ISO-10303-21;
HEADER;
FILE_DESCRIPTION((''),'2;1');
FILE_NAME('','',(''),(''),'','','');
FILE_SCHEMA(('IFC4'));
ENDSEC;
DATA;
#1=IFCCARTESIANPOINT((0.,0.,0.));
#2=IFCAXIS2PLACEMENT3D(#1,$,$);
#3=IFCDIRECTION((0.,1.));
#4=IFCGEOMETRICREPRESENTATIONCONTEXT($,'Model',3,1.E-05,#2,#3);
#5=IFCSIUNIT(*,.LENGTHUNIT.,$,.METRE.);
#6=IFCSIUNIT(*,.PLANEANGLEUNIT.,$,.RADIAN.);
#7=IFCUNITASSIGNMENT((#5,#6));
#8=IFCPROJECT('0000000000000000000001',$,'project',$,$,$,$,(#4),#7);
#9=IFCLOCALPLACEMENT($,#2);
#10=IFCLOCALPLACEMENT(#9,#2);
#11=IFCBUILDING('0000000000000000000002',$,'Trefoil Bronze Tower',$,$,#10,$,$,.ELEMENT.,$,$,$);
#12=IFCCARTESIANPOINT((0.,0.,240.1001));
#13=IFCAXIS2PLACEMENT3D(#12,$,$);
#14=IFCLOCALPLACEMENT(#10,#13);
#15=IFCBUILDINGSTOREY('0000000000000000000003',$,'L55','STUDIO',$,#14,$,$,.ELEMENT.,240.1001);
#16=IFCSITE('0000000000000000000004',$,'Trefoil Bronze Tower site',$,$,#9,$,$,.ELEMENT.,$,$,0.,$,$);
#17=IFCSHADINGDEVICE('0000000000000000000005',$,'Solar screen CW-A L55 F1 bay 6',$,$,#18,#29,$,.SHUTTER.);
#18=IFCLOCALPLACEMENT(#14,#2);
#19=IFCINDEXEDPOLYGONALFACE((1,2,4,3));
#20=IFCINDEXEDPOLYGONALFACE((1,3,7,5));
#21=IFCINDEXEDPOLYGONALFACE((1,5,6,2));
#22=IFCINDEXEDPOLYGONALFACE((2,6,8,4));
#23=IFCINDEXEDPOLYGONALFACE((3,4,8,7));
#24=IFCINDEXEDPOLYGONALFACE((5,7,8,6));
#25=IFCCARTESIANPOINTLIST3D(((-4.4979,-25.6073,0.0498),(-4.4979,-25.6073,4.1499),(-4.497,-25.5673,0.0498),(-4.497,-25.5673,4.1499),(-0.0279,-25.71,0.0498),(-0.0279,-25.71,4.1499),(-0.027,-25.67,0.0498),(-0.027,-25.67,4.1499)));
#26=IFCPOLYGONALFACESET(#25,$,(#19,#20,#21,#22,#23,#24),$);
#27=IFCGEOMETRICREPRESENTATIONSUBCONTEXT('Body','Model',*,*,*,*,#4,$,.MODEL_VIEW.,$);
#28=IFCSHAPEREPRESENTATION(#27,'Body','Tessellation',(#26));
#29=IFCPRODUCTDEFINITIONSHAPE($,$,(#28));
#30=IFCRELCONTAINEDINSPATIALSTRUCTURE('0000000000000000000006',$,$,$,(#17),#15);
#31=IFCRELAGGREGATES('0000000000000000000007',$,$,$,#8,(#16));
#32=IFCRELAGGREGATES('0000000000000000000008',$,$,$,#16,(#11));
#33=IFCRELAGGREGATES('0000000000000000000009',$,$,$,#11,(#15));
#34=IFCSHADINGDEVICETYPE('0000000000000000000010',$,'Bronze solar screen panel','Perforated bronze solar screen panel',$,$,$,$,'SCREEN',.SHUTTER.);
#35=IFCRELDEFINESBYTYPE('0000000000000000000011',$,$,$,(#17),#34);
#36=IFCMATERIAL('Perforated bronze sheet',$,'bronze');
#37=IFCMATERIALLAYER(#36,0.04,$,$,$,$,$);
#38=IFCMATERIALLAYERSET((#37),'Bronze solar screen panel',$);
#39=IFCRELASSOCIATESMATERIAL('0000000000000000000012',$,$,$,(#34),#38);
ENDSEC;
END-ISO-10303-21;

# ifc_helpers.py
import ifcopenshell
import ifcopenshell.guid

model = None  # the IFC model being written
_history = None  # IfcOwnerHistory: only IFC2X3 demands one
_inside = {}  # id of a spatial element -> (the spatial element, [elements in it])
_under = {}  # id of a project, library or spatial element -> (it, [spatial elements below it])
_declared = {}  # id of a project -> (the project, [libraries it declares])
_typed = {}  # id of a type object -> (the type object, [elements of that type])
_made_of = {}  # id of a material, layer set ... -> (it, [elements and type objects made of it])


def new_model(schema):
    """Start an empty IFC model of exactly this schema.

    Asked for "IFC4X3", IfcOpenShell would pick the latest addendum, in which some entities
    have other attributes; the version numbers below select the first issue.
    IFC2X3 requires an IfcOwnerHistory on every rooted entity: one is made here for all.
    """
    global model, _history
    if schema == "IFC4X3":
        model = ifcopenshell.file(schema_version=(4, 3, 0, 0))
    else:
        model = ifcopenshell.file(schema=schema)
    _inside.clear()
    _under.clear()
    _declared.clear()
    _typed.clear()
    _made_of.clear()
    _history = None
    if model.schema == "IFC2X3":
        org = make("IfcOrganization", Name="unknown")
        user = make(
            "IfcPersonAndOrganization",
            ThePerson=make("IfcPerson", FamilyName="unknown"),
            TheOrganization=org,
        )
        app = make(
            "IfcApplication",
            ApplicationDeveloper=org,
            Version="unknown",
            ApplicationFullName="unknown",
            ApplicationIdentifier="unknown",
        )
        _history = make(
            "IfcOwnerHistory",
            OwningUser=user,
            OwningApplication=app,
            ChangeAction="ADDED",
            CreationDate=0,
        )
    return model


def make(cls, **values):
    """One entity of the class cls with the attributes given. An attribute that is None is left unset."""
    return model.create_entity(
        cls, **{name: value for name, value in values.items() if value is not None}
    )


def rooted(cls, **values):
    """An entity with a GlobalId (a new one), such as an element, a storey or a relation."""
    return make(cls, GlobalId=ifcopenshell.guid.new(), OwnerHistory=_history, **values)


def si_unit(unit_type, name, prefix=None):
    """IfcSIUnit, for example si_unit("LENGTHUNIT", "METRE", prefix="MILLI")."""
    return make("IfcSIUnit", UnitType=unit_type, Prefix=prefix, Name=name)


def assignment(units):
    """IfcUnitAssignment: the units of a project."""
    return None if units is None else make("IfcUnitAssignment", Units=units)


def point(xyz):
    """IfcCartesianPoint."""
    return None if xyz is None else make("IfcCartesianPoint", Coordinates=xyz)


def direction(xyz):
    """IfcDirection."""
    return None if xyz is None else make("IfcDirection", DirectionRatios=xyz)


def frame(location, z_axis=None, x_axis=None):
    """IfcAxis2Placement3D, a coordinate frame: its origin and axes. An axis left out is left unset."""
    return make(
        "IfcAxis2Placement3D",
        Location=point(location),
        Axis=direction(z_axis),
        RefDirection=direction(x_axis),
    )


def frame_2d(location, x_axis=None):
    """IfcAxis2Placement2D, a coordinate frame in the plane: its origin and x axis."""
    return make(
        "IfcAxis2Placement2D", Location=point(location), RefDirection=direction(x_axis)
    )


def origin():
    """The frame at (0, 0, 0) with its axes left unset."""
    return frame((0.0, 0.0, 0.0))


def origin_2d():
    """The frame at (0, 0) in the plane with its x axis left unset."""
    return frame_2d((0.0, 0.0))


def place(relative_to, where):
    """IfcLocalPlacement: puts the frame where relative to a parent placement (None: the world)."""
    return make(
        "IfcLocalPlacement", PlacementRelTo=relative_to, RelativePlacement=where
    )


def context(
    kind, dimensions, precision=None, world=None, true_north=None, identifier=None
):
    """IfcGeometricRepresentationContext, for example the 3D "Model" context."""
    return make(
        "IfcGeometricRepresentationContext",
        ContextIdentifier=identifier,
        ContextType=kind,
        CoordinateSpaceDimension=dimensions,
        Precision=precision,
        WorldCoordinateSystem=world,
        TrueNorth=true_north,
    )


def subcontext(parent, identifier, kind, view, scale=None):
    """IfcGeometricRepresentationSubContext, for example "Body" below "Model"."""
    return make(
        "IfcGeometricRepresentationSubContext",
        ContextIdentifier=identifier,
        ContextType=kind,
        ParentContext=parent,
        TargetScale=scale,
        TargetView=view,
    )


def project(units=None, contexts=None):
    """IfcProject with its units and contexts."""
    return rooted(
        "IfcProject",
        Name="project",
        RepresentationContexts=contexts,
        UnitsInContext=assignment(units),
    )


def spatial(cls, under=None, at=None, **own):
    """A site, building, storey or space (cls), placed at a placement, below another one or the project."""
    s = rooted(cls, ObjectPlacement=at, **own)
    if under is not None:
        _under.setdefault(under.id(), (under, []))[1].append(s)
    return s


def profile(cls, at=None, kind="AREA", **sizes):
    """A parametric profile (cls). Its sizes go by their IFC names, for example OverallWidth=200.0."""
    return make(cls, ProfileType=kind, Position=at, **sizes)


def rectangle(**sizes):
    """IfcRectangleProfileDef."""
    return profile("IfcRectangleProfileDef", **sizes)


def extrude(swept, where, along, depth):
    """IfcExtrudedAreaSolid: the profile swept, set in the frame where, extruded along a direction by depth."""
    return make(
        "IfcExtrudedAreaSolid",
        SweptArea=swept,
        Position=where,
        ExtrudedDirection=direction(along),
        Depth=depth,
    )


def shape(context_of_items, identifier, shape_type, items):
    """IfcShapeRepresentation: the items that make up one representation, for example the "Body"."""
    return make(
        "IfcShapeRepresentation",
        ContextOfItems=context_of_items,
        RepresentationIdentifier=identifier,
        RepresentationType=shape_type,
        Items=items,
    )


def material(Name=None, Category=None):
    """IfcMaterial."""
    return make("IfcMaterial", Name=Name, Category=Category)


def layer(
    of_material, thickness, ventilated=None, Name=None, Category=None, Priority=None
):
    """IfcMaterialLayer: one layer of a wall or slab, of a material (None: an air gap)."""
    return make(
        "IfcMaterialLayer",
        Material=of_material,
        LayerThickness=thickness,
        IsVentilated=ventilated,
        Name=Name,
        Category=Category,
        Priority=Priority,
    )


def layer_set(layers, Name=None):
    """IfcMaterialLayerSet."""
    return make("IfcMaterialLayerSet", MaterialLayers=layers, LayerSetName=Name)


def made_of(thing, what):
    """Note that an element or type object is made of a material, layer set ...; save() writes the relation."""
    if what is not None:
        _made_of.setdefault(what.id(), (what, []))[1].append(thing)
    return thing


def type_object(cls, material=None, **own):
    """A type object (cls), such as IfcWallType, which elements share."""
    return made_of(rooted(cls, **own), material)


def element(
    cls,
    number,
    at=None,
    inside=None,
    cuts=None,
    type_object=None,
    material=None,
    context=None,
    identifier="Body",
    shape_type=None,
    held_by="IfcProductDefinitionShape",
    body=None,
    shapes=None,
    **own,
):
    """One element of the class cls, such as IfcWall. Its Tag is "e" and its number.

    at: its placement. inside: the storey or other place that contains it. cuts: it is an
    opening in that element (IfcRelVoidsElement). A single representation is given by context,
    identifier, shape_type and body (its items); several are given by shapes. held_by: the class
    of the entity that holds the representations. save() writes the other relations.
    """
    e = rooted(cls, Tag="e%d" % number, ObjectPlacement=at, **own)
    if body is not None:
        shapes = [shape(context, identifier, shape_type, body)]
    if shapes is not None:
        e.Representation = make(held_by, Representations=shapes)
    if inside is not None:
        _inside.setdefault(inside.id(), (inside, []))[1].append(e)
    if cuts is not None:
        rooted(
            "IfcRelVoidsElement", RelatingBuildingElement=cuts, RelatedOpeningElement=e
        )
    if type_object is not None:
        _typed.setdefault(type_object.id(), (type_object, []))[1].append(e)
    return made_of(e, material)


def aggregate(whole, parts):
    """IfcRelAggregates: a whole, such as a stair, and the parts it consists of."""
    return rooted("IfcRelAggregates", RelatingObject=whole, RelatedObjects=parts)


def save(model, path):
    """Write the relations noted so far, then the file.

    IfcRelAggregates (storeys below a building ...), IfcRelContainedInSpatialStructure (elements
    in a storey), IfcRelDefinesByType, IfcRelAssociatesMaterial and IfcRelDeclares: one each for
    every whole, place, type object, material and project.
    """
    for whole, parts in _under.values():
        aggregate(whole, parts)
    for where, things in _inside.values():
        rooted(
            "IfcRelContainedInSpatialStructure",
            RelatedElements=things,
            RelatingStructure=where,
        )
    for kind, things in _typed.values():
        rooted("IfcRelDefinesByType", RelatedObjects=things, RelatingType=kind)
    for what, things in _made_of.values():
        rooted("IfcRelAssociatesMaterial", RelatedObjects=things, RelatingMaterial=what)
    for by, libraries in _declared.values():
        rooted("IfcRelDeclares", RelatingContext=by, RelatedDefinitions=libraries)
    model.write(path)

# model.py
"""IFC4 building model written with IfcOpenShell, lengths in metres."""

from ifc_helpers import new_model, si_unit, direction, frame, origin, origin_2d, place, context, subcontext, project, spatial, rectangle, extrude, material, layer, layer_set, type_object, element, save


model = new_model("IFC4")

# Units and contexts
model_context = context("Model", 3, precision=1e-05, world=origin(), true_north=direction((0.0, 1.0)))
body_context = subcontext(model_context, "Body", "Model", "MODEL_VIEW")
ifc_project = project(units=[si_unit("LENGTHUNIT", "METRE"), si_unit("PLANEANGLEUNIT", "RADIAN")], contexts=[model_context])

# Site, building, storey
site_placement = place(None, origin())
site = spatial("IfcSite", under=ifc_project, at=site_placement, Name="Trefoil Bronze Tower site", CompositionType="ELEMENT", RefElevation=0.0)
building_placement = place(site_placement, origin())
building = spatial("IfcBuilding", under=site, at=building_placement, Name="Trefoil Bronze Tower", CompositionType="ELEMENT")
storey_placement = place(building_placement, frame((0.0, 0.0, 240.1001)))
storey = spatial("IfcBuildingStorey", under=building, at=storey_placement, Name="L55", Description="STUDIO", CompositionType="ELEMENT", Elevation=240.1001)

# Shading device
ifc_material_1 = material(Name="Perforated bronze sheet", Category="bronze")
ifc_layer_1 = layer(ifc_material_1, 0.04)
ifc_layer_set_1 = layer_set([ifc_layer_1], Name="Bronze solar screen panel")
shading_device_type = type_object("IfcShadingDeviceType", Name="Bronze solar screen panel", Description="Perforated bronze solar screen panel", ElementType="SCREEN", PredefinedType="SHUTTER", material=ifc_layer_set_1)
shading_device_1_placement = place(storey_placement, frame((-2.2625, -25.6387, 0.0498), z_axis=(0.0, 0.0, 1.0), x_axis=(0.999736, -0.022972, 0.0)))
element("IfcShadingDevice", 1, at=shading_device_1_placement, inside=storey, type_object=shading_device_type, Name="Solar screen CW-A L55 F1 bay 6", PredefinedType="SHUTTER", context=body_context, shape_type="SweptSolid", body=[
    extrude(rectangle(XDim=4.4712, YDim=0.04, at=origin_2d()), origin(), (0.0, 0.0, 1.0), 4.1001),
])

save(model, "model.ifc")
